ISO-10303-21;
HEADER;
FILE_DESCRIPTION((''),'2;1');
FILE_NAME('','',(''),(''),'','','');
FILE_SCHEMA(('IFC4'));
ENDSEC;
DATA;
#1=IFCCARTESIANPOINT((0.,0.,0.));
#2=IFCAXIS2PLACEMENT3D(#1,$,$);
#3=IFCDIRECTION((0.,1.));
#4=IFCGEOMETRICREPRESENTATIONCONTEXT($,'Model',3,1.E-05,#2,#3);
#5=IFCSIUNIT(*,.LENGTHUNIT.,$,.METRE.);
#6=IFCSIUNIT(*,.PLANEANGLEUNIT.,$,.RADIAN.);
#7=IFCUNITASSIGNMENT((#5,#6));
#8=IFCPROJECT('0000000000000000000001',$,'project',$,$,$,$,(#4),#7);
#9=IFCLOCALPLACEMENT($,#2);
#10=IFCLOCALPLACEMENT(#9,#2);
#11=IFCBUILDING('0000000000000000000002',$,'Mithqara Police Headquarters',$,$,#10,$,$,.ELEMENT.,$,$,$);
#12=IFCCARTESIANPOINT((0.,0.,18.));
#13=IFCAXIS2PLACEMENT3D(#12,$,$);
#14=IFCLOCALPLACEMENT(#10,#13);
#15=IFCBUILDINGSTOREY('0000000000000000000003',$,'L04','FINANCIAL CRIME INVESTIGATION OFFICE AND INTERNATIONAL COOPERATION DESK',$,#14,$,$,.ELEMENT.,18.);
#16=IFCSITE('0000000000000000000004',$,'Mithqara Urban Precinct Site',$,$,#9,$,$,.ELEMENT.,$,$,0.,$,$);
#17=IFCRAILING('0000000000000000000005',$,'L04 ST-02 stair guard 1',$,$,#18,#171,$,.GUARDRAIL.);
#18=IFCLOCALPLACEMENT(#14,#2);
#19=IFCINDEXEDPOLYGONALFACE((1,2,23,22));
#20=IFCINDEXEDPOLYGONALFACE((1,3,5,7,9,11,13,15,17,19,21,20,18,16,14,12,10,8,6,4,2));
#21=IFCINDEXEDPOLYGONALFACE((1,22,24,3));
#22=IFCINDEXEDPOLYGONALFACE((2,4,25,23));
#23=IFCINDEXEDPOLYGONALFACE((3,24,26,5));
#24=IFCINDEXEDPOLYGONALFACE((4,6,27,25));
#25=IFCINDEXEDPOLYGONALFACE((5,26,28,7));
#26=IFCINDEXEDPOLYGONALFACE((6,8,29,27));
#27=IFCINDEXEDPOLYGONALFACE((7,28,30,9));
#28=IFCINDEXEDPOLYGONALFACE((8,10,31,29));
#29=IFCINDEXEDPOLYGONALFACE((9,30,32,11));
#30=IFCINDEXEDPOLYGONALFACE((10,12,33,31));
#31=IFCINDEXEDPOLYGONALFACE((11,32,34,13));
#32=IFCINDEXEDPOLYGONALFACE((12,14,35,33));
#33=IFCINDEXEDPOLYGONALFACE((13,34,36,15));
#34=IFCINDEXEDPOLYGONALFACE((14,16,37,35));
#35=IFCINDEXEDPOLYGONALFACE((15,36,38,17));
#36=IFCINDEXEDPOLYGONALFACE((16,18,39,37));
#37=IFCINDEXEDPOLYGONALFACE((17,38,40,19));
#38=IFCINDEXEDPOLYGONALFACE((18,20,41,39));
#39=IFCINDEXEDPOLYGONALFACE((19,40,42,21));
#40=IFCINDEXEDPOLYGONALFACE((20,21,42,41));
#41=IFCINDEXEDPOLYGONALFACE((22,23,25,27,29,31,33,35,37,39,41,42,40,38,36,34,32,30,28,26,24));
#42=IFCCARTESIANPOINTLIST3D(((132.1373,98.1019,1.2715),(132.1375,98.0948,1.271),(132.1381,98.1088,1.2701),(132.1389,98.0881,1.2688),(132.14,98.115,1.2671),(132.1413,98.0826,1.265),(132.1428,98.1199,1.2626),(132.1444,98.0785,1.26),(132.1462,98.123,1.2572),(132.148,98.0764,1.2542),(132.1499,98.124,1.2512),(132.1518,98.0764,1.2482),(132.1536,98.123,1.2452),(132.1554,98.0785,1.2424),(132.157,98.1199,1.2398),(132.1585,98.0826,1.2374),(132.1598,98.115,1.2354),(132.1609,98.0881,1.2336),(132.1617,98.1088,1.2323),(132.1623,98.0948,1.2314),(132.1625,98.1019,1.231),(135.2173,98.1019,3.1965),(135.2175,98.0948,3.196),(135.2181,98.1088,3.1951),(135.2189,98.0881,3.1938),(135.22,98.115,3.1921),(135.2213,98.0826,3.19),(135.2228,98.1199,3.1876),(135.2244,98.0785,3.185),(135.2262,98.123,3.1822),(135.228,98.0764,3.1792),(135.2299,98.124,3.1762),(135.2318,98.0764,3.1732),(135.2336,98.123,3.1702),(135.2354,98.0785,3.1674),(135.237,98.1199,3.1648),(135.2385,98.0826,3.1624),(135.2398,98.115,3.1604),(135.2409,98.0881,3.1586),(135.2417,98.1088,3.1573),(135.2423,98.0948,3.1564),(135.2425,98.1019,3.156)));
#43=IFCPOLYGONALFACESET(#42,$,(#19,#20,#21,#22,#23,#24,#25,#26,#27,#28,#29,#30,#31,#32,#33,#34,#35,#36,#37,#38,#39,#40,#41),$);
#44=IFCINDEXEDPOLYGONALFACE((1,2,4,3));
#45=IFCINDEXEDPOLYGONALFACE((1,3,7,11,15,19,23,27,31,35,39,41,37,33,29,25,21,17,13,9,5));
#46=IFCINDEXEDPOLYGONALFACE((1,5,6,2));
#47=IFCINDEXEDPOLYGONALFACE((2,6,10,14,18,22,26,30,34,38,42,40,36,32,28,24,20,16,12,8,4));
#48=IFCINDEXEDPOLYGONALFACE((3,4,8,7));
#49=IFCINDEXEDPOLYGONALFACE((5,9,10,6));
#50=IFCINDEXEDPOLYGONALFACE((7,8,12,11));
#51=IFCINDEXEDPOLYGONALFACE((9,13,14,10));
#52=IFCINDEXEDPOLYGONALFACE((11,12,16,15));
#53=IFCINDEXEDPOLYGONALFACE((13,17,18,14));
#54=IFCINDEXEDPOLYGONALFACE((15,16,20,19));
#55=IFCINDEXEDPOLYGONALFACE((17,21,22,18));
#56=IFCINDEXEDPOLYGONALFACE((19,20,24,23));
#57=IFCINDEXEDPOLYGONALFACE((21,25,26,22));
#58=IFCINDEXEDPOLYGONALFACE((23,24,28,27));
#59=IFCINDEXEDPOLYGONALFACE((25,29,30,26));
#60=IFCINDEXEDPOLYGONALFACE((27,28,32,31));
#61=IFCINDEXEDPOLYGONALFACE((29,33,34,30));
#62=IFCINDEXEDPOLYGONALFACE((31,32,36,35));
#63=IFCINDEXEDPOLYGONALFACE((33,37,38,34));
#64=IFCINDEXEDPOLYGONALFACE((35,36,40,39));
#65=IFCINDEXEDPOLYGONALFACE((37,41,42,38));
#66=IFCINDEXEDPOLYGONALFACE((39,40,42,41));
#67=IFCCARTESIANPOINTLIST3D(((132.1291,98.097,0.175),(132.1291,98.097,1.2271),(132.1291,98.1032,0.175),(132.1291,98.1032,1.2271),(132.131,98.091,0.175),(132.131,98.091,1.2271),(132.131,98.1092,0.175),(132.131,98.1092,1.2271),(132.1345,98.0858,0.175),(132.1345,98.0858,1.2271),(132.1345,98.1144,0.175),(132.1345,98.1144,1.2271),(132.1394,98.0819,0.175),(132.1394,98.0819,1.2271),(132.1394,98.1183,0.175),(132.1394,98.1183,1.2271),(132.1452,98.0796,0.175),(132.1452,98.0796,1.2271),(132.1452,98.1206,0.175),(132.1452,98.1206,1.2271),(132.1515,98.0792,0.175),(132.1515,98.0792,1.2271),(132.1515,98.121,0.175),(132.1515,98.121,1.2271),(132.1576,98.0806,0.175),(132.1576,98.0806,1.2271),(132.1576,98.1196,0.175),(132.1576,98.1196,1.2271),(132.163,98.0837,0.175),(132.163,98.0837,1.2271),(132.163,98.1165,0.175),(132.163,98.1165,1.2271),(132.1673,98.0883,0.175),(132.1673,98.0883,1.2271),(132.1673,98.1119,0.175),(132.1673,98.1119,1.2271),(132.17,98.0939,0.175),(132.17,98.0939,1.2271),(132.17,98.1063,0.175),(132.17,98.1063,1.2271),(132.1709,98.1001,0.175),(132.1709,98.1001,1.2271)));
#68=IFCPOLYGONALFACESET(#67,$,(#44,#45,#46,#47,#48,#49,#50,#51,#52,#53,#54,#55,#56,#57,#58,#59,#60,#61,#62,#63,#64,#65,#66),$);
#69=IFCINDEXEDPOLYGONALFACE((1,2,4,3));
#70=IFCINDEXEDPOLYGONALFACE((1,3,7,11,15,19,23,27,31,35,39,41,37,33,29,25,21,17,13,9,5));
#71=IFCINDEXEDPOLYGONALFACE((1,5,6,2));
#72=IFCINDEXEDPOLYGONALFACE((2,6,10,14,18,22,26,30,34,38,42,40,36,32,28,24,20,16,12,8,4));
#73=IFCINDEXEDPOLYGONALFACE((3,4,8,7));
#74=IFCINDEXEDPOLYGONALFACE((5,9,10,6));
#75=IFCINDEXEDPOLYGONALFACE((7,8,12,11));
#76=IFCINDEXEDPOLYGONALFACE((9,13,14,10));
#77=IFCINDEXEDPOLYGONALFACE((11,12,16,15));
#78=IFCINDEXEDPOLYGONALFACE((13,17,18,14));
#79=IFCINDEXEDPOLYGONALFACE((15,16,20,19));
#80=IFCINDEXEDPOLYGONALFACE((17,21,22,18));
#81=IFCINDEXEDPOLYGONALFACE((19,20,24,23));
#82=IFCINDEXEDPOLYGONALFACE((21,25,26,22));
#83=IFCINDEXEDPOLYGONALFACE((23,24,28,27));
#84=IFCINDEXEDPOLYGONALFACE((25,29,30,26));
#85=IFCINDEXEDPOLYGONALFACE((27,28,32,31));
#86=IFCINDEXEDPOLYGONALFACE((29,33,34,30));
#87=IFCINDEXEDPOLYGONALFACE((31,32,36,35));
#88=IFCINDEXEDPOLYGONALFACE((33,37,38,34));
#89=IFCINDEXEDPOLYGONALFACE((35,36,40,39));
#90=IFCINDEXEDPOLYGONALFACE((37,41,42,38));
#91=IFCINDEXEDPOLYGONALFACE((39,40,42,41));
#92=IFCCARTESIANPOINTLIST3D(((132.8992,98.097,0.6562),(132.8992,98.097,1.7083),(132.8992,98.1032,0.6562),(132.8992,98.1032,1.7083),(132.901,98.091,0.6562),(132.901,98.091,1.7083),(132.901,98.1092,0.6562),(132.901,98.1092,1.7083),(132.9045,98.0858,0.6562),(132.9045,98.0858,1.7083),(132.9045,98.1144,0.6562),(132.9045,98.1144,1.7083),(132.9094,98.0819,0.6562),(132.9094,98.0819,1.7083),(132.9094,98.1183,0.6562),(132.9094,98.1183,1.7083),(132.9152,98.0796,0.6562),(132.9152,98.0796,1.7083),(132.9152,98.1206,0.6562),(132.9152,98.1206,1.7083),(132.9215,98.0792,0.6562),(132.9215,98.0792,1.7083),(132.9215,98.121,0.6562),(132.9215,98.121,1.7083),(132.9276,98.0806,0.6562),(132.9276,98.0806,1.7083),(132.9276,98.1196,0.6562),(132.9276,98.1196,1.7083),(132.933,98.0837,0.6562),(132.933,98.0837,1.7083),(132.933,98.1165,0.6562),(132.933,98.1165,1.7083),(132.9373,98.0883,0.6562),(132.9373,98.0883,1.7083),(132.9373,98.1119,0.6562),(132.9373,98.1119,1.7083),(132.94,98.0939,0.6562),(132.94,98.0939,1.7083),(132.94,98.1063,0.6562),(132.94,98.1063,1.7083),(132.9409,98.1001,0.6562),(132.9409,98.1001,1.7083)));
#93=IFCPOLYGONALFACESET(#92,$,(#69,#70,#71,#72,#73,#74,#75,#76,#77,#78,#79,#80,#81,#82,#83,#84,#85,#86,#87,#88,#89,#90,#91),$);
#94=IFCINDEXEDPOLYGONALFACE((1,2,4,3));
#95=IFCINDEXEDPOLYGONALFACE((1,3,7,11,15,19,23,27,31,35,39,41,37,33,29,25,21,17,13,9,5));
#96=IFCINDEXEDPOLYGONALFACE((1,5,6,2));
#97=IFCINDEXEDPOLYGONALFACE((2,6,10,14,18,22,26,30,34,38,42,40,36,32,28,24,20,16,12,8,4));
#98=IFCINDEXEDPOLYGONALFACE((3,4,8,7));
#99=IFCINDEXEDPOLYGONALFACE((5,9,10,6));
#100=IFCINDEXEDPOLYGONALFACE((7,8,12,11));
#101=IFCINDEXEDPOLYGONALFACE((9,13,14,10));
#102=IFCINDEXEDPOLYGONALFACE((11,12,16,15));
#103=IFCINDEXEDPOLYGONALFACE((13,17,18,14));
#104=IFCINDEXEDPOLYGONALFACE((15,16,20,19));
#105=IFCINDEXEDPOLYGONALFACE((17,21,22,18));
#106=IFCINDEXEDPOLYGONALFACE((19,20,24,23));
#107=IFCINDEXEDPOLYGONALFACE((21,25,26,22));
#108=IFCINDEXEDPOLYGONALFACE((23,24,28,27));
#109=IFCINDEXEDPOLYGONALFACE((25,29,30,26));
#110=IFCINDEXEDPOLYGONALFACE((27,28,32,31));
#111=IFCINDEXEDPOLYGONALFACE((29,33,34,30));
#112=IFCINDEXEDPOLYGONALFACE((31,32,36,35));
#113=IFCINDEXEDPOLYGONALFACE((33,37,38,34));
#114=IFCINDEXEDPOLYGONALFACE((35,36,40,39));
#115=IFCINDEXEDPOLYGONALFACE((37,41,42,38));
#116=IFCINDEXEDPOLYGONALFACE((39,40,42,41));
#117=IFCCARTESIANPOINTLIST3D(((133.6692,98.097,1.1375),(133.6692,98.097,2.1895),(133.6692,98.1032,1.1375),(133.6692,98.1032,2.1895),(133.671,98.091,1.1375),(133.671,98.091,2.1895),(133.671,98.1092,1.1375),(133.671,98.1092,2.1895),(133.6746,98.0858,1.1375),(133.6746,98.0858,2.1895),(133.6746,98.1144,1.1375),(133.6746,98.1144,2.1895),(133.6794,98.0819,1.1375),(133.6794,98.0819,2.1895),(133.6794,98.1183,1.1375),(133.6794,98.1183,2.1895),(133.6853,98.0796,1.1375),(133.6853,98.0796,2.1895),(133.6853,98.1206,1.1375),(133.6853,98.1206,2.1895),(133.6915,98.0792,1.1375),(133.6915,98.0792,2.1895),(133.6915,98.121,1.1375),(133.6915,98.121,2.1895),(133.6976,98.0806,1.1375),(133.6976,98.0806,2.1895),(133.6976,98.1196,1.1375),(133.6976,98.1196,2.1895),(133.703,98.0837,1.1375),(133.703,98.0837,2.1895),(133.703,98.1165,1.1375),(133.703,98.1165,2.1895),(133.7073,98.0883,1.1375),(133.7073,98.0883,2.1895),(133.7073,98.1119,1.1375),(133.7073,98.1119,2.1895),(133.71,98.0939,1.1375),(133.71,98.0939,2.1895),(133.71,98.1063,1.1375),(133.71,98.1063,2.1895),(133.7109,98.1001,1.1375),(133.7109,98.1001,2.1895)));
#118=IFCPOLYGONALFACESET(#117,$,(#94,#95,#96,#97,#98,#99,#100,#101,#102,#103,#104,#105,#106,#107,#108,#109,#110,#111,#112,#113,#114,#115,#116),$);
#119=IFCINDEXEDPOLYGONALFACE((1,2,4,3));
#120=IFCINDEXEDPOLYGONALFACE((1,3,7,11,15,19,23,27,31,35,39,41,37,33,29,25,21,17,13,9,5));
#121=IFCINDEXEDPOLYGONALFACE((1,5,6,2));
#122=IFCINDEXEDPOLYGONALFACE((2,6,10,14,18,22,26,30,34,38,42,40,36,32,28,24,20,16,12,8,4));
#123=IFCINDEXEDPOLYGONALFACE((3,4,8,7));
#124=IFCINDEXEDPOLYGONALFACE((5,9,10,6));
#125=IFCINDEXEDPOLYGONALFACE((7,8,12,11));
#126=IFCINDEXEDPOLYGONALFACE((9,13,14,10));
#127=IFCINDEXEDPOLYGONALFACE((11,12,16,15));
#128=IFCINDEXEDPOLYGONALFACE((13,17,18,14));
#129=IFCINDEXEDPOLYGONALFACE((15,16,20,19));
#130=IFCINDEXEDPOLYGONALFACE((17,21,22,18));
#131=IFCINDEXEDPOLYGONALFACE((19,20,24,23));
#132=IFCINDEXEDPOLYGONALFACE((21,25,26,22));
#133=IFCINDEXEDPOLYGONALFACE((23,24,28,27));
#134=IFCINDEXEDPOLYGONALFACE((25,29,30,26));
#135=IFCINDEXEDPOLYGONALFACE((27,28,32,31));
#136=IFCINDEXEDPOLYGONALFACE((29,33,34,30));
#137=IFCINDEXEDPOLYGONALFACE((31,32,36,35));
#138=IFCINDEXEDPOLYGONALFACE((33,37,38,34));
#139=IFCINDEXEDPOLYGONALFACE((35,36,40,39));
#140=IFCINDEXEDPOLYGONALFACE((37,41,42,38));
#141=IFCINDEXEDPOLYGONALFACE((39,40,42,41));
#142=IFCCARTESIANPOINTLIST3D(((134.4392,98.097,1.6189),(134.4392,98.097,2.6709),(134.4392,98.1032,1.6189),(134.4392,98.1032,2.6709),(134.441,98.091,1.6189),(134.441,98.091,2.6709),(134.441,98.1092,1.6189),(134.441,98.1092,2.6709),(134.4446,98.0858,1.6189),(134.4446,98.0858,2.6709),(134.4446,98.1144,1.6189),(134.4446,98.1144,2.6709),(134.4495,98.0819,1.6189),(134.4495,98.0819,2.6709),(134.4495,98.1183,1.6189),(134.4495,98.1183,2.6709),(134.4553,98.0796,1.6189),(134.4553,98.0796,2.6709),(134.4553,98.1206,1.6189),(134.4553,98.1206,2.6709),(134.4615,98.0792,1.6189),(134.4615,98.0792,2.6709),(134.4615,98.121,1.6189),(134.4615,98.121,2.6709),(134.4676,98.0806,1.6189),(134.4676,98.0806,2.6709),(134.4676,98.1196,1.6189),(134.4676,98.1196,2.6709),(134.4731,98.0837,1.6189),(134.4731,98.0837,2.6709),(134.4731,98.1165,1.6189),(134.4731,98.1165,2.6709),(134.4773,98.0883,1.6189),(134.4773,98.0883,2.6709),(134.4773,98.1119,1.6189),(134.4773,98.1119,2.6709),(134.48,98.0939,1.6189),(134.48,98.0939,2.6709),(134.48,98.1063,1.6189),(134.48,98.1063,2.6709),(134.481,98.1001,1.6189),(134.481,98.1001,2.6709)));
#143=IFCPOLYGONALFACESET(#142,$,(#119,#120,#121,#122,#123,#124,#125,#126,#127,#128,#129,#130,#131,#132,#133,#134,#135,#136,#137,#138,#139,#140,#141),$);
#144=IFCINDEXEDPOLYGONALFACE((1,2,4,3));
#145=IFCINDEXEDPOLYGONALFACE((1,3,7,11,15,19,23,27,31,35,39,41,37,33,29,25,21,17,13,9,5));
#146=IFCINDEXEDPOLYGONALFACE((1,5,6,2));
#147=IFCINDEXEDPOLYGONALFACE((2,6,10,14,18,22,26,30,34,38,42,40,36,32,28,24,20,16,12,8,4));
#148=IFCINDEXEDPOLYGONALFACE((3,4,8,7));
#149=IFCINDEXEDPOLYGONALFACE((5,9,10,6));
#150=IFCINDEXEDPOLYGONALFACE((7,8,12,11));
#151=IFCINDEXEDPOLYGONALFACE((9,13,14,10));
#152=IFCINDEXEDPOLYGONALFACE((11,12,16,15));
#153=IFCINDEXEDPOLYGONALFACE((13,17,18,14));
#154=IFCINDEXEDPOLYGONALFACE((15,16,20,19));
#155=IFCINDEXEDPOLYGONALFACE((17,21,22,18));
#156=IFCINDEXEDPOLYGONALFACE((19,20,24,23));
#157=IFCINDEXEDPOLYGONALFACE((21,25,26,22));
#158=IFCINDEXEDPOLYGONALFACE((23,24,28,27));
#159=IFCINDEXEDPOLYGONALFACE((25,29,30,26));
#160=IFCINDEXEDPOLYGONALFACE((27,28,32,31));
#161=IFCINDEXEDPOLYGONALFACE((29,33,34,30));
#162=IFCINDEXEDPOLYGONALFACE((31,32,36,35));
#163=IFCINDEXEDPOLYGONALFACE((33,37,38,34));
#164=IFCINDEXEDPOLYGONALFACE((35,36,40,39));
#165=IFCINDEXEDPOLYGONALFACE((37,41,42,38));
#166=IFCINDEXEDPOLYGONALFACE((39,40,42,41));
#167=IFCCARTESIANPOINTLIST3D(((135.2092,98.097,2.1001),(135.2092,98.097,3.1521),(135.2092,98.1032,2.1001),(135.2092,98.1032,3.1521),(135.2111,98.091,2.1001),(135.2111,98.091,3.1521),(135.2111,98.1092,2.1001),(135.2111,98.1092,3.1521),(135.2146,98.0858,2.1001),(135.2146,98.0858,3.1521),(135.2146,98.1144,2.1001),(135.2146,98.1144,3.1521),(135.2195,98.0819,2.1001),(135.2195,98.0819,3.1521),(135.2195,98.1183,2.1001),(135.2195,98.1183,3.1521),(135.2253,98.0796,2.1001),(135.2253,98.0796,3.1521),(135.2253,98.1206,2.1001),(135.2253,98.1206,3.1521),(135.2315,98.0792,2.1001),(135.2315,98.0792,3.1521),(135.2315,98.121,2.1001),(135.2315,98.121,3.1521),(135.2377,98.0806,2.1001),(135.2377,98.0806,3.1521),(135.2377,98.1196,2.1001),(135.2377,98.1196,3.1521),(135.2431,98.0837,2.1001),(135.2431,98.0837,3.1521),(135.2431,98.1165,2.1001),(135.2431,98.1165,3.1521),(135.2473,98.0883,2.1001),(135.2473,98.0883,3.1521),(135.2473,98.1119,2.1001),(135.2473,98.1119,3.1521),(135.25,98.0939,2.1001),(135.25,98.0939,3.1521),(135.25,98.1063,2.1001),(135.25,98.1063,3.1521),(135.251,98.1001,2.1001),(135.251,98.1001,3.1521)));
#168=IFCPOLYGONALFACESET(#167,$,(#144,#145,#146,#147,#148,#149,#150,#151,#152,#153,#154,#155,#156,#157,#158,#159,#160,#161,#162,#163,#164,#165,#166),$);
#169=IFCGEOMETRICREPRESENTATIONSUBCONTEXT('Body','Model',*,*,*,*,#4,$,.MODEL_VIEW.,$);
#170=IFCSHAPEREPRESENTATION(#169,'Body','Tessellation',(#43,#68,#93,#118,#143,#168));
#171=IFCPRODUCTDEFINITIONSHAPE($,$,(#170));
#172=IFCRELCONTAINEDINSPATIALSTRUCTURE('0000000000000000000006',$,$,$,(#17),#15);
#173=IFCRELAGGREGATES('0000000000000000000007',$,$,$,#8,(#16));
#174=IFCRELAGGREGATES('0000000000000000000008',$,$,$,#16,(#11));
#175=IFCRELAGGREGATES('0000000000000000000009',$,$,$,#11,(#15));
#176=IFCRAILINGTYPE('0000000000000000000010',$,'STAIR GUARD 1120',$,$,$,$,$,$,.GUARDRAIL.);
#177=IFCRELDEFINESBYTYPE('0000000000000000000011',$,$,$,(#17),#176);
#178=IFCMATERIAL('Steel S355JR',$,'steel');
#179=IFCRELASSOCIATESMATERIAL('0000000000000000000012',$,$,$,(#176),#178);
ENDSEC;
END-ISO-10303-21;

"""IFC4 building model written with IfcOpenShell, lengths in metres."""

from ifc_helpers import new_model, si_unit, direction, frame, origin, origin_2d, place, context, subcontext, project, spatial, circle, extrude, material, type_object, element, save


model = new_model("IFC4")

# Units and contexts
model_context = context("Model", 3, precision=1e-05, world=origin(), true_north=direction((0.0, 1.0)))
body_context = subcontext(model_context, "Body", "Model", "MODEL_VIEW")
ifc_project = project(units=[si_unit("LENGTHUNIT", "METRE"), si_unit("PLANEANGLEUNIT", "RADIAN")], contexts=[model_context])

# Site, building, storey
site_placement = place(None, origin())
site = spatial("IfcSite", under=ifc_project, at=site_placement, Name="Mithqara Urban Precinct Site", CompositionType="ELEMENT", RefElevation=0.0)
building_placement = place(site_placement, origin())
building = spatial("IfcBuilding", under=site, at=building_placement, Name="Mithqara Police Headquarters", CompositionType="ELEMENT")
storey_placement = place(building_placement, frame((0.0, 0.0, 18.0)))
storey = spatial("IfcBuildingStorey", under=building, at=storey_placement, Name="L04", Description="FINANCIAL CRIME INVESTIGATION OFFICE AND INTERNATIONAL COOPERATION DESK", CompositionType="ELEMENT", Elevation=18.0)

# Shared definitions
ifc_material_1 = material(Name="Steel S355JR", Category="steel")

# Railing
railing_type_1 = type_object("IfcRailingType", Name="STAIR GUARD 1120", PredefinedType="GUARDRAIL", material=ifc_material_1)
railing_1_placement = place(storey_placement, frame((132.1499, 98.1001, 0.175)))
element("IfcRailing", 1, at=railing_1_placement, inside=storey, type_object=railing_type_1, Name="L04 ST-02 stair guard 1", PredefinedType="GUARDRAIL", context=body_context, shape_type="SweptSolid", body=[
    extrude(circle(Radius=0.0239, at=origin_2d()), frame((0.0, 0.0, 1.0762), z_axis=(0.847998, 0.0, 0.529999), x_axis=(0.0, 1.0, 0.0)), (0.0, 0.0, 1.0), 3.6321),
    extrude(circle(Radius=0.021, at=origin_2d()), origin(), (0.0, 0.0, 1.0), 1.052),
    extrude(circle(Radius=0.021, at=origin_2d()), frame((0.77, 0.0, 0.4812)), (0.0, 0.0, 1.0), 1.052),
    extrude(circle(Radius=0.021, at=origin_2d()), frame((1.54, 0.0, 0.9624)), (0.0, 0.0, 1.0), 1.052),
    extrude(circle(Radius=0.021, at=origin_2d()), frame((2.3101, 0.0, 1.4438)), (0.0, 0.0, 1.0), 1.052),
    extrude(circle(Radius=0.021, at=origin_2d()), frame((3.0801, 0.0, 1.925)), (0.0, 0.0, 1.0), 1.052),
])

save(model, "model.ifc")
